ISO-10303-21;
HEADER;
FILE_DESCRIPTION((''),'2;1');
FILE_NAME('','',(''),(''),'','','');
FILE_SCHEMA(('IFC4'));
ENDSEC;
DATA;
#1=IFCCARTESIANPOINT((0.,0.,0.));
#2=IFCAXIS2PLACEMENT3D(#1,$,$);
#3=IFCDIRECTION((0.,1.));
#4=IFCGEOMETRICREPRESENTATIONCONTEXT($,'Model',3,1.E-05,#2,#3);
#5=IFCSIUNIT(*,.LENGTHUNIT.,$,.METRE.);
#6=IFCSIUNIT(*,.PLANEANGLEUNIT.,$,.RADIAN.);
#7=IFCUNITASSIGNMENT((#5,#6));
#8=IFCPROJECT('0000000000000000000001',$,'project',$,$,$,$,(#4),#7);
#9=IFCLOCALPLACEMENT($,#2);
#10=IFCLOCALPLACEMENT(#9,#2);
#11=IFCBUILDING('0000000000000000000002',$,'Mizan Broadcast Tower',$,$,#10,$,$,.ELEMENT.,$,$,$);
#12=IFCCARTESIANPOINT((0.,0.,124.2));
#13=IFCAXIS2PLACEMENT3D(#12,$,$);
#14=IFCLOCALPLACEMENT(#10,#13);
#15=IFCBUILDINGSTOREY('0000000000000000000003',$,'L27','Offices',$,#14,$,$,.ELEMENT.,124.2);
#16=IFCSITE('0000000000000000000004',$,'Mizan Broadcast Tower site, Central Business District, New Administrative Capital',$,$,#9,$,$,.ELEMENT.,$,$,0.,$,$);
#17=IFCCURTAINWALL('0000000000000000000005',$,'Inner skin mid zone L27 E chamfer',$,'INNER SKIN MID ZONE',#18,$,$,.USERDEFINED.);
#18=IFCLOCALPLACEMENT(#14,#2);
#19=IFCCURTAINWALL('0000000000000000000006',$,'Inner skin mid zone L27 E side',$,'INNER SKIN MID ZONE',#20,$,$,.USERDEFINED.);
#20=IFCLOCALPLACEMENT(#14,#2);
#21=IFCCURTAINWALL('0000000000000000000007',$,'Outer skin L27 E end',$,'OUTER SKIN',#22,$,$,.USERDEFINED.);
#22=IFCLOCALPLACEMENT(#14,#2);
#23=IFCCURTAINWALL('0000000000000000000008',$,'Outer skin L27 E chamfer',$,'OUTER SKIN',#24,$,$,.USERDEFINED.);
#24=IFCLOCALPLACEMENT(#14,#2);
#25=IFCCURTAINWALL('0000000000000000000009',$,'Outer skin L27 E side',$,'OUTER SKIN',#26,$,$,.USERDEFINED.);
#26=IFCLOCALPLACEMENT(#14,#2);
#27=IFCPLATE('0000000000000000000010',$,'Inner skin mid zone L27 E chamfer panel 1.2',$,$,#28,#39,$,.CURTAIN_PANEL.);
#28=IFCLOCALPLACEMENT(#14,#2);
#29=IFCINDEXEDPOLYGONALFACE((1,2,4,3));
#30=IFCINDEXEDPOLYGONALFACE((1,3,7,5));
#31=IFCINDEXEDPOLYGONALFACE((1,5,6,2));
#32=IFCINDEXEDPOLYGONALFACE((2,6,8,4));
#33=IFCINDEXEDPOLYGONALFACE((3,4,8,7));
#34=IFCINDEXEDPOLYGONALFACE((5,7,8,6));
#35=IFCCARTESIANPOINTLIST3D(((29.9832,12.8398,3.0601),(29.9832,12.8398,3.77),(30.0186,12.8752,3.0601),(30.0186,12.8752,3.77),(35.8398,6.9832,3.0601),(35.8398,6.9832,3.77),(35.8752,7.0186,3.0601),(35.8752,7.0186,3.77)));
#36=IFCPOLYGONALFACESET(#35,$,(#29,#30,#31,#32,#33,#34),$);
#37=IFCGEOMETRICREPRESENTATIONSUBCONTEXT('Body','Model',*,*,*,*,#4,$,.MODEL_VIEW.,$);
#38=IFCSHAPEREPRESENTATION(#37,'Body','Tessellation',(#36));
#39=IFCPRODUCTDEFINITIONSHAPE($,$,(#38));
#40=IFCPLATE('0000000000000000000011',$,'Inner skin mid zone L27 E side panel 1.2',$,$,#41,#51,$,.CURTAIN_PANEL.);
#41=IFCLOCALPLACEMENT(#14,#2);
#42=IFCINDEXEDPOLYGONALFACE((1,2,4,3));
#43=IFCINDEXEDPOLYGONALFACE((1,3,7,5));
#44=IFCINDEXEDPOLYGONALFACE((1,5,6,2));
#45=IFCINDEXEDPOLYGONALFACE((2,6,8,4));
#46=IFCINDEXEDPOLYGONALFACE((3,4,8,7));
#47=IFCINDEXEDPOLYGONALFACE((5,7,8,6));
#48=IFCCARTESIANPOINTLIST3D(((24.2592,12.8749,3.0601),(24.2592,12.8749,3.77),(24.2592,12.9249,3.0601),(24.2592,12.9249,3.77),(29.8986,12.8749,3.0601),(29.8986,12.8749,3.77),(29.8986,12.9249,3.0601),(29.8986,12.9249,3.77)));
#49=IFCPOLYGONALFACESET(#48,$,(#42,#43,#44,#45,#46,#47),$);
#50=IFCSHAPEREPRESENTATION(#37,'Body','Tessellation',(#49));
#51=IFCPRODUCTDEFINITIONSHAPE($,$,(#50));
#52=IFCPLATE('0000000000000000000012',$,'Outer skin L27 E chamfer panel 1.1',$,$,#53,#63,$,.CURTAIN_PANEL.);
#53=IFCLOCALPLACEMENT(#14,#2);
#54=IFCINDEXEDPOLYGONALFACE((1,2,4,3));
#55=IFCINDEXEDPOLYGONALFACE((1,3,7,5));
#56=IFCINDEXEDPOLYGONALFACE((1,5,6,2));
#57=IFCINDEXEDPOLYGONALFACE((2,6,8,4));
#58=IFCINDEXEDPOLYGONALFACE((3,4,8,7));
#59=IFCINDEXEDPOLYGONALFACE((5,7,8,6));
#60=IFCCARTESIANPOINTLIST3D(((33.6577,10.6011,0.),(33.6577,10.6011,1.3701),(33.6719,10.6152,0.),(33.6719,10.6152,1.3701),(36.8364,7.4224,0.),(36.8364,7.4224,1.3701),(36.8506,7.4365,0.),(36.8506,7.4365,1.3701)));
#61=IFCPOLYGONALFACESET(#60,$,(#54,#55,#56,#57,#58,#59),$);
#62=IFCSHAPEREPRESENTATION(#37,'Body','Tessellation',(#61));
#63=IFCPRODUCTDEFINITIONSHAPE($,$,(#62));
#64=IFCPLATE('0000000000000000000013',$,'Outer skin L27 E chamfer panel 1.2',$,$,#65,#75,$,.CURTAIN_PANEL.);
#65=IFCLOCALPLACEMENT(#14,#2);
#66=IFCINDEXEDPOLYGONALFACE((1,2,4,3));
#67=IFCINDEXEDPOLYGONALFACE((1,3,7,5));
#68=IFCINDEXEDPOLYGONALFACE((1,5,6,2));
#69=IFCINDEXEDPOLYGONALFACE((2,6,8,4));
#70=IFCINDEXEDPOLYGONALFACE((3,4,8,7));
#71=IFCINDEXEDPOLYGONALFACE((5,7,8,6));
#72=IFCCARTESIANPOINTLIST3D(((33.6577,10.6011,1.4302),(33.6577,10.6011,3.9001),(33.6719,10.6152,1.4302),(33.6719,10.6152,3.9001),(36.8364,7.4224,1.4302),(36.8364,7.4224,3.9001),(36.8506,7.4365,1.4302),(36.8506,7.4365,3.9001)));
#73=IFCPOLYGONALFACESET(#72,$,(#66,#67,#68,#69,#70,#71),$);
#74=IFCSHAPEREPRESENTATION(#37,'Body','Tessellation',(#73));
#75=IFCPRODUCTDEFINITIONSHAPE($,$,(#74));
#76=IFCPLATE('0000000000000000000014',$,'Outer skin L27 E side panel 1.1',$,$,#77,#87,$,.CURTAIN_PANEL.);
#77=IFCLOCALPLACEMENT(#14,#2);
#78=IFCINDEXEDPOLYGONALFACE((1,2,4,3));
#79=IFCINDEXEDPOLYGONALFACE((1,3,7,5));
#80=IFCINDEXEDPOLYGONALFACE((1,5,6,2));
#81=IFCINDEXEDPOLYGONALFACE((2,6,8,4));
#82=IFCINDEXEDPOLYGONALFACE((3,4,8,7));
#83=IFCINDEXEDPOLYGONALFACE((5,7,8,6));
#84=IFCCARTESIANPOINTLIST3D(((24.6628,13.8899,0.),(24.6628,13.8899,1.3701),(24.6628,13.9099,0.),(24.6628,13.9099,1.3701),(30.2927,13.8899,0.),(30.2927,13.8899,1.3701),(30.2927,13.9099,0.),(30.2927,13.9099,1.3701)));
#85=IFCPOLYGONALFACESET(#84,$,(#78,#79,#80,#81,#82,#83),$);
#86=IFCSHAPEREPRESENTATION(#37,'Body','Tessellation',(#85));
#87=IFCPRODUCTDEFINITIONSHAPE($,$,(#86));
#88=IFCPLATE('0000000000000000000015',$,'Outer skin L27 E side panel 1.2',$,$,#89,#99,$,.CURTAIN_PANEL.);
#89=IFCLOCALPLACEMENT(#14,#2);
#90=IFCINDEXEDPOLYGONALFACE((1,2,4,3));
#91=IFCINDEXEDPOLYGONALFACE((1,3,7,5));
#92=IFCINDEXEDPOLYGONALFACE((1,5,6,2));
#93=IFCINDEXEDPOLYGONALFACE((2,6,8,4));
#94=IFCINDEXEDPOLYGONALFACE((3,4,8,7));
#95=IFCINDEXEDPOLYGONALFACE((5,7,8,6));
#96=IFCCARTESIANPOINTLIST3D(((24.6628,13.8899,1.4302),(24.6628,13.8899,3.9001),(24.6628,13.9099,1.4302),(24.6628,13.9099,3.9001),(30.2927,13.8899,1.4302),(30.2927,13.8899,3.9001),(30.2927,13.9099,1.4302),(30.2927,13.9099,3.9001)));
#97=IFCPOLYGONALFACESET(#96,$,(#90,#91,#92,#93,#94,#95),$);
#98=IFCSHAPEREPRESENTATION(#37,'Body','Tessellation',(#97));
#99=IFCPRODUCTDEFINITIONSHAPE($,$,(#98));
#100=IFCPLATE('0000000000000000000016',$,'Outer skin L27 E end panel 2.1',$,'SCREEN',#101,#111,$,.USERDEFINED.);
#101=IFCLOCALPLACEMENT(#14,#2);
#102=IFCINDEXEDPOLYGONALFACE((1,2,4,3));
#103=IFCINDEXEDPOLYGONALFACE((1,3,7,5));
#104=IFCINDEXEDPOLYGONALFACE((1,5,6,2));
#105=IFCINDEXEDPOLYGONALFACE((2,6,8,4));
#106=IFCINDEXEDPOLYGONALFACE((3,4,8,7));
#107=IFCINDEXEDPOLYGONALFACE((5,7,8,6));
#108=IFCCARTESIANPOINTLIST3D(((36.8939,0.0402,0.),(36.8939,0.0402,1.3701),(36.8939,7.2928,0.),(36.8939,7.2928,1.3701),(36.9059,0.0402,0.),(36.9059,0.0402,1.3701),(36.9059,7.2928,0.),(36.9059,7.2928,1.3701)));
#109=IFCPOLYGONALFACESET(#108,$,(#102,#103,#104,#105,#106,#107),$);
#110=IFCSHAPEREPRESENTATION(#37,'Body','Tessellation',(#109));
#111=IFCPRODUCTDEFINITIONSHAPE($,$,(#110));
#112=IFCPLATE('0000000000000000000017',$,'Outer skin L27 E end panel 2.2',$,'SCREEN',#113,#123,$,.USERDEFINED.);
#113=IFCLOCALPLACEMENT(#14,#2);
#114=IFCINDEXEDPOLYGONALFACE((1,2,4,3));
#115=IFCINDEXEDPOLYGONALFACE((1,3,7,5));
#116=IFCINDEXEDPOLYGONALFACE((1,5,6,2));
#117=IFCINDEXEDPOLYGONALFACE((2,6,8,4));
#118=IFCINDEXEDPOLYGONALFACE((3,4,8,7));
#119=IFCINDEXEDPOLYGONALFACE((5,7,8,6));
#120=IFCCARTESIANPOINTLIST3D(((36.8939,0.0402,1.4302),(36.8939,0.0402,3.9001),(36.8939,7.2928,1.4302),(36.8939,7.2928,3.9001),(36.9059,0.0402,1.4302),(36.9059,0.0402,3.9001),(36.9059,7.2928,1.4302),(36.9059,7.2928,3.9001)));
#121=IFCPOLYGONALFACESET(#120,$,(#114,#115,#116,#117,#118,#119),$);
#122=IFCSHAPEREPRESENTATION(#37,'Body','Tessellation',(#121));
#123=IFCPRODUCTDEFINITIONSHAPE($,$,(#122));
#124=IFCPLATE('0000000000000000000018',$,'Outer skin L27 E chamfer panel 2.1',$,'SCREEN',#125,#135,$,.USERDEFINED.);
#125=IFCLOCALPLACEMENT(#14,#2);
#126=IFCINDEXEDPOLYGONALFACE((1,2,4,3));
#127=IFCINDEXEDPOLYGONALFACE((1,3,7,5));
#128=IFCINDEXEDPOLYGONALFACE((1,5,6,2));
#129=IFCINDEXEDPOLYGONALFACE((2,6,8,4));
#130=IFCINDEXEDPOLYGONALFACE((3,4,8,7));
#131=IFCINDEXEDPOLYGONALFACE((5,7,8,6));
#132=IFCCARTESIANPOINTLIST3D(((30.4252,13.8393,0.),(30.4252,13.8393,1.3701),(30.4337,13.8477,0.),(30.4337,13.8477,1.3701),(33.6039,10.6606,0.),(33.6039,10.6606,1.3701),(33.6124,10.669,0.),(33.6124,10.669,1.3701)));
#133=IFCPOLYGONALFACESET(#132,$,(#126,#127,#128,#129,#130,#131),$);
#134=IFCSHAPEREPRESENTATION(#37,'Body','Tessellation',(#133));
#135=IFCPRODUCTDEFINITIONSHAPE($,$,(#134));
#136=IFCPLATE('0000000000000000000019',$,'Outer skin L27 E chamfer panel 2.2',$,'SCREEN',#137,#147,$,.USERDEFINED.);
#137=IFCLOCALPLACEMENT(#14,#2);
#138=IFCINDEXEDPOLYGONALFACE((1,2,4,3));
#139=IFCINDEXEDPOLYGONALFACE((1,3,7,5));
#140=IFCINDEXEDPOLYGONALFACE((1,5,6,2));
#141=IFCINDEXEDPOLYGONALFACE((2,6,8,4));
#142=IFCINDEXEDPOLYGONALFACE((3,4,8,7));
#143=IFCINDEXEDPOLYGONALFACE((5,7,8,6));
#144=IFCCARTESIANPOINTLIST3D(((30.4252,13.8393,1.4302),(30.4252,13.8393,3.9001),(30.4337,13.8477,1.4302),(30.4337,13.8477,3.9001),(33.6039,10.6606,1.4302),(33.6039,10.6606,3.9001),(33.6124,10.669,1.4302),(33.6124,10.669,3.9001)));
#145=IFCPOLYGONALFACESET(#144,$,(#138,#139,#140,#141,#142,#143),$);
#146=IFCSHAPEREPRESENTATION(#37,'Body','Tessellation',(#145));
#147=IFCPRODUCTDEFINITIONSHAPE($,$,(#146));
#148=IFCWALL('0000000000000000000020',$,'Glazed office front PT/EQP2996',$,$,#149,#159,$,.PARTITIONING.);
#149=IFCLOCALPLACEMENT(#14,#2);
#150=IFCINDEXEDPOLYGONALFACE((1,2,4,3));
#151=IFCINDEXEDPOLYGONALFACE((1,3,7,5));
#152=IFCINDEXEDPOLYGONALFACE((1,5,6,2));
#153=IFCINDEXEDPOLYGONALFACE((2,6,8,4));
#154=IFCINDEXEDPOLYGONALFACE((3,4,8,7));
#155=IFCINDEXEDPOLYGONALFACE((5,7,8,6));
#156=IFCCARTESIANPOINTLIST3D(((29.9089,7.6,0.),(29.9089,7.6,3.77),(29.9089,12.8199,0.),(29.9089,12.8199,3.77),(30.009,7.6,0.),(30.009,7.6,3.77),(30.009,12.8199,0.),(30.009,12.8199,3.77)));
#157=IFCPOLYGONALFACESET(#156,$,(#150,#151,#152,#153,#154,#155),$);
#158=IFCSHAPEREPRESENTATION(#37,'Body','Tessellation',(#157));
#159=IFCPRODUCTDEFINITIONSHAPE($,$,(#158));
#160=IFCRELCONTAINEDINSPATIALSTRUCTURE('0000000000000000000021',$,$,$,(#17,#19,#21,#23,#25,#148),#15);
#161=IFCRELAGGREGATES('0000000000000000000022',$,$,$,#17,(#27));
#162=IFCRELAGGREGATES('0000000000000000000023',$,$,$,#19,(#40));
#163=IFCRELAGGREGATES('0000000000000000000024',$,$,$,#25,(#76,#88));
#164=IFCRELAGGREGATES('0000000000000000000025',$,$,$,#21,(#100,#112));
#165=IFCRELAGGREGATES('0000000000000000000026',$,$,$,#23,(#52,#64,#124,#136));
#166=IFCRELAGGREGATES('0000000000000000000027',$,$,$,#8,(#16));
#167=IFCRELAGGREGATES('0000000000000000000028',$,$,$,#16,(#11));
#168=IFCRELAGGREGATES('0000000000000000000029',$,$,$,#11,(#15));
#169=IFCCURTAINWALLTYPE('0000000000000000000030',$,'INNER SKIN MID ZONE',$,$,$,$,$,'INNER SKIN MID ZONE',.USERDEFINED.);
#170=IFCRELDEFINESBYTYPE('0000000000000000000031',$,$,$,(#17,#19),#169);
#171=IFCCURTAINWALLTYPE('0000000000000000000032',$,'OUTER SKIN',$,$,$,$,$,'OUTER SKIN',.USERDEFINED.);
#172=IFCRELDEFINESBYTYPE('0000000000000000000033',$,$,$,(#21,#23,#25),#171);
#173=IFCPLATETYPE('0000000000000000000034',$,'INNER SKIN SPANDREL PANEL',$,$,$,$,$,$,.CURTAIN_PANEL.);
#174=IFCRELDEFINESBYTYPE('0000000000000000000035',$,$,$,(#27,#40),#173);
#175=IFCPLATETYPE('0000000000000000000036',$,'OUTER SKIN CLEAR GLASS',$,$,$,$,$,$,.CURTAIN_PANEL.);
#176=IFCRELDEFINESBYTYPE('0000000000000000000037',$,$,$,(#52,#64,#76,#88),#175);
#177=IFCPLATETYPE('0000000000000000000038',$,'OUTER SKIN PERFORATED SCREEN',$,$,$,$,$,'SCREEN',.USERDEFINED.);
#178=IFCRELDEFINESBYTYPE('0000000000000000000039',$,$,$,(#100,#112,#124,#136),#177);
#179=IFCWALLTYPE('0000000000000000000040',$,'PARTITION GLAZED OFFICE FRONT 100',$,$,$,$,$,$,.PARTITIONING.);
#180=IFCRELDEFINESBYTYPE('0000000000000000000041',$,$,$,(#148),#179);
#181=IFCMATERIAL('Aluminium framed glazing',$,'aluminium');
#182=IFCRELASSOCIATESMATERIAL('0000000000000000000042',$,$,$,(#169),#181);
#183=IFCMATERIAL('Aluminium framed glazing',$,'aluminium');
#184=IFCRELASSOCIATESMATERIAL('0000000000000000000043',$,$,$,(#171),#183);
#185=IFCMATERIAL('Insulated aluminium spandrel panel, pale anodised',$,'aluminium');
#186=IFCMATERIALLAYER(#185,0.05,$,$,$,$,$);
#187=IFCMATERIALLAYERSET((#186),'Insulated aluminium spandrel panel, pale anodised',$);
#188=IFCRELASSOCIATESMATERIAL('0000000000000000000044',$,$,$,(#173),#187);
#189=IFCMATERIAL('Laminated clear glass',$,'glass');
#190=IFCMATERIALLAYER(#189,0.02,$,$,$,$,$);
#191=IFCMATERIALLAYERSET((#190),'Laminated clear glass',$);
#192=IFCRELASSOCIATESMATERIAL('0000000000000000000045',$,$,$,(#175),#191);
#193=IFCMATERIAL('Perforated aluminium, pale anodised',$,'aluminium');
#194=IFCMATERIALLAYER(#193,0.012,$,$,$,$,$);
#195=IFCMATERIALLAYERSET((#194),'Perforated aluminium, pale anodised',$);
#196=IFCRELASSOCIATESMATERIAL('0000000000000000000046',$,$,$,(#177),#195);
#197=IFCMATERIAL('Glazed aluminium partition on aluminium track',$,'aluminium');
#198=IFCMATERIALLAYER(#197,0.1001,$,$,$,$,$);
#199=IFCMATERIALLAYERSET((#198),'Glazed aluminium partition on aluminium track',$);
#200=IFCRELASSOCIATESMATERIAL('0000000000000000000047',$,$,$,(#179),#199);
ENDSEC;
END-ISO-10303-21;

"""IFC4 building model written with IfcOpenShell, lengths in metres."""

from ifc_helpers import new_model, si_unit, direction, frame, frame_2d, origin, origin_2d, place, context, subcontext, project, spatial, rectangle, extrude, material, layer, layer_set, type_object, element, aggregate, save


model = new_model("IFC4")

# Units and contexts
model_context = context("Model", 3, precision=1e-05, world=origin(), true_north=direction((0.0, 1.0)))
body_context = subcontext(model_context, "Body", "Model", "MODEL_VIEW")
ifc_project = project(units=[si_unit("LENGTHUNIT", "METRE"), si_unit("PLANEANGLEUNIT", "RADIAN")], contexts=[model_context])

# Site, building, storey
site_placement = place(None, origin())
site = spatial("IfcSite", under=ifc_project, at=site_placement, Name="Mizan Broadcast Tower site, Central Business District, New Administrative Capital", CompositionType="ELEMENT", RefElevation=0.0)
building_placement = place(site_placement, origin())
building = spatial("IfcBuilding", under=site, at=building_placement, Name="Mizan Broadcast Tower", CompositionType="ELEMENT")
storey_placement = place(building_placement, frame((0.0, 0.0, 124.2)))
storey = spatial("IfcBuildingStorey", under=building, at=storey_placement, Name="L27", Description="Offices", CompositionType="ELEMENT", Elevation=124.2)

# Shared definitions
ifc_material_1 = material(Name="Aluminium framed glazing", Category="aluminium")
curtain_wall_type_1 = type_object("IfcCurtainWallType", Name="INNER SKIN MID ZONE", ElementType="INNER SKIN MID ZONE", PredefinedType="USERDEFINED", material=ifc_material_1)

# Curtain wall
curtain_wall_1_placement = place(storey_placement, origin())
curtain_wall_1 = element("IfcCurtainWall", 1, at=curtain_wall_1_placement, inside=storey, type_object=curtain_wall_type_1, Name="Inner skin mid zone L27 E chamfer", ObjectType="INNER SKIN MID ZONE", PredefinedType="USERDEFINED")

# Curtain wall
curtain_wall_2_placement = place(storey_placement, origin())
curtain_wall_2 = element("IfcCurtainWall", 2, at=curtain_wall_2_placement, inside=storey, type_object=curtain_wall_type_1, Name="Inner skin mid zone L27 E side", ObjectType="INNER SKIN MID ZONE", PredefinedType="USERDEFINED")

# Curtain walls
ifc_material_2 = material(Name="Aluminium framed glazing", Category="aluminium")
curtain_wall_type_2 = type_object("IfcCurtainWallType", Name="OUTER SKIN", ElementType="OUTER SKIN", PredefinedType="USERDEFINED", material=ifc_material_2)
curtain_wall_3_placement = place(storey_placement, origin())
curtain_wall_3 = element("IfcCurtainWall", 3, at=curtain_wall_3_placement, inside=storey, type_object=curtain_wall_type_2, Name="Outer skin L27 E end", ObjectType="OUTER SKIN", PredefinedType="USERDEFINED")
curtain_wall_4_placement = place(storey_placement, origin())
curtain_wall_4 = element("IfcCurtainWall", 4, at=curtain_wall_4_placement, inside=storey, type_object=curtain_wall_type_2, Name="Outer skin L27 E chamfer", ObjectType="OUTER SKIN", PredefinedType="USERDEFINED")

# Curtain wall
curtain_wall_5_placement = place(storey_placement, origin())
curtain_wall_5 = element("IfcCurtainWall", 5, at=curtain_wall_5_placement, inside=storey, type_object=curtain_wall_type_2, Name="Outer skin L27 E side", ObjectType="OUTER SKIN", PredefinedType="USERDEFINED")

# Plates
ifc_material_3 = material(Name="Insulated aluminium spandrel panel, pale anodised", Category="aluminium")
ifc_layer_1 = layer(ifc_material_3, 0.05)
ifc_layer_set_1 = layer_set([ifc_layer_1], Name="Insulated aluminium spandrel panel, pale anodised")
plate_type_1 = type_object("IfcPlateType", Name="INNER SKIN SPANDREL PANEL", PredefinedType="CURTAIN_PANEL", material=ifc_layer_set_1)
plate_1_placement = place(storey_placement, frame((32.9292, 9.9292, 3.0601), z_axis=(0.0, 0.0, 1.0), x_axis=(-0.707107, 0.707107, 0.0)))
plate_1 = element("IfcPlate", 6, at=plate_1_placement, type_object=plate_type_1, Name="Inner skin mid zone L27 E chamfer panel 1.2", PredefinedType="CURTAIN_PANEL", context=body_context, shape_type="SweptSolid", body=[
    extrude(rectangle(XDim=8.2825, YDim=0.05, at=origin_2d()), origin(), (0.0, 0.0, 1.0), 0.71),
])
aggregate(curtain_wall_1, [plate_1])
plate_2_placement = place(storey_placement, frame((27.0789, 12.8999, 3.0601), z_axis=(0.0, 0.0, 1.0), x_axis=(-1.0, 0.0, 0.0)))
plate_2 = element("IfcPlate", 7, at=plate_2_placement, type_object=plate_type_1, Name="Inner skin mid zone L27 E side panel 1.2", PredefinedType="CURTAIN_PANEL", context=body_context, shape_type="SweptSolid", body=[
    extrude(rectangle(XDim=5.6394, YDim=0.05, at=origin_2d()), origin(), (0.0, 0.0, 1.0), 0.71),
])
aggregate(curtain_wall_2, [plate_2])
ifc_material_4 = material(Name="Laminated clear glass", Category="glass")
ifc_layer_2 = layer(ifc_material_4, 0.02)
ifc_layer_set_2 = layer_set([ifc_layer_2], Name="Laminated clear glass")
plate_type_2 = type_object("IfcPlateType", Name="OUTER SKIN CLEAR GLASS", PredefinedType="CURTAIN_PANEL", material=ifc_layer_set_2)
plate_3_placement = place(storey_placement, frame((35.2542, 9.0188, 0.0), z_axis=(0.0, 0.0, 1.0), x_axis=(-0.707107, 0.707107, 0.0)))
plate_3 = element("IfcPlate", 8, at=plate_3_placement, type_object=plate_type_2, Name="Outer skin L27 E chamfer panel 1.1", PredefinedType="CURTAIN_PANEL", context=body_context, shape_type="SweptSolid", body=[
    extrude(rectangle(XDim=4.4954, YDim=0.02, at=origin_2d()), origin(), (0.0, 0.0, 1.0), 1.3701),
])
plate_4_placement = place(storey_placement, frame((35.2542, 9.0188, 1.4302), z_axis=(0.0, 0.0, 1.0), x_axis=(-0.707107, 0.707107, 0.0)))
plate_4 = element("IfcPlate", 9, at=plate_4_placement, type_object=plate_type_2, Name="Outer skin L27 E chamfer panel 1.2", PredefinedType="CURTAIN_PANEL", context=body_context, shape_type="SweptSolid", body=[
    extrude(rectangle(XDim=4.4954, YDim=0.02, at=origin_2d()), origin(), (0.0, 0.0, 1.0), 2.47),
])
plate_5_placement = place(storey_placement, frame((27.4778, 13.8999, 0.0), z_axis=(0.0, 0.0, 1.0), x_axis=(-1.0, 0.0, 0.0)))
plate_5 = element("IfcPlate", 10, at=plate_5_placement, type_object=plate_type_2, Name="Outer skin L27 E side panel 1.1", PredefinedType="CURTAIN_PANEL", context=body_context, shape_type="SweptSolid", body=[
    extrude(rectangle(XDim=5.6299, YDim=0.02, at=origin_2d()), origin(), (0.0, 0.0, 1.0), 1.3701),
])
plate_6_placement = place(storey_placement, frame((27.4778, 13.8999, 1.4302), z_axis=(0.0, 0.0, 1.0), x_axis=(-1.0, 0.0, 0.0)))
plate_6 = element("IfcPlate", 11, at=plate_6_placement, type_object=plate_type_2, Name="Outer skin L27 E side panel 1.2", PredefinedType="CURTAIN_PANEL", context=body_context, shape_type="SweptSolid", body=[
    extrude(rectangle(XDim=5.6299, YDim=0.02, at=origin_2d()), origin(), (0.0, 0.0, 1.0), 2.47),
])
aggregate(curtain_wall_5, [plate_5, plate_6])
ifc_material_5 = material(Name="Perforated aluminium, pale anodised", Category="aluminium")
ifc_layer_3 = layer(ifc_material_5, 0.012)
ifc_layer_set_3 = layer_set([ifc_layer_3], Name="Perforated aluminium, pale anodised")
plate_type_3 = type_object("IfcPlateType", Name="OUTER SKIN PERFORATED SCREEN", ElementType="SCREEN", PredefinedType="USERDEFINED", material=ifc_layer_set_3)
plate_7_placement = place(storey_placement, frame((36.8999, 3.6665, 0.0), z_axis=(0.0, 0.0, 1.0), x_axis=(0.0, 1.0, 0.0)))
plate_7 = element("IfcPlate", 12, at=plate_7_placement, type_object=plate_type_3, Name="Outer skin L27 E end panel 2.1", ObjectType="SCREEN", PredefinedType="USERDEFINED", context=body_context, shape_type="SweptSolid", body=[
    extrude(rectangle(XDim=7.2527, YDim=0.012, at=origin_2d()), origin(), (0.0, 0.0, 1.0), 1.3701),
])
plate_8_placement = place(storey_placement, frame((36.8999, 3.6665, 1.4302), z_axis=(0.0, 0.0, 1.0), x_axis=(0.0, 1.0, 0.0)))
plate_8 = element("IfcPlate", 13, at=plate_8_placement, type_object=plate_type_3, Name="Outer skin L27 E end panel 2.2", ObjectType="SCREEN", PredefinedType="USERDEFINED", context=body_context, shape_type="SweptSolid", body=[
    extrude(rectangle(XDim=7.2527, YDim=0.012, at=origin_2d()), origin(), (0.0, 0.0, 1.0), 2.47),
])
aggregate(curtain_wall_3, [plate_7, plate_8])
plate_9_placement = place(storey_placement, frame((32.0188, 12.2542, 0.0), z_axis=(0.0, 0.0, 1.0), x_axis=(-0.707107, 0.707107, 0.0)))
plate_9 = element("IfcPlate", 14, at=plate_9_placement, type_object=plate_type_3, Name="Outer skin L27 E chamfer panel 2.1", ObjectType="SCREEN", PredefinedType="USERDEFINED", context=body_context, shape_type="SweptSolid", body=[
    extrude(rectangle(XDim=4.4954, YDim=0.012, at=origin_2d()), origin(), (0.0, 0.0, 1.0), 1.3701),
])
plate_10_placement = place(storey_placement, frame((32.0188, 12.2542, 1.4302), z_axis=(0.0, 0.0, 1.0), x_axis=(-0.707107, 0.707107, 0.0)))
plate_10 = element("IfcPlate", 15, at=plate_10_placement, type_object=plate_type_3, Name="Outer skin L27 E chamfer panel 2.2", ObjectType="SCREEN", PredefinedType="USERDEFINED", context=body_context, shape_type="SweptSolid", body=[
    extrude(rectangle(XDim=4.4954, YDim=0.012, at=origin_2d()), origin(), (0.0, 0.0, 1.0), 2.47),
])
aggregate(curtain_wall_4, [plate_3, plate_4, plate_9, plate_10])

# Wall
ifc_material_6 = material(Name="Glazed aluminium partition on aluminium track", Category="aluminium")
ifc_layer_4 = layer(ifc_material_6, 0.1001)
ifc_layer_set_4 = layer_set([ifc_layer_4], Name="Glazed aluminium partition on aluminium track")
wall_type = type_object("IfcWallType", Name="PARTITION GLAZED OFFICE FRONT 100", PredefinedType="PARTITIONING", material=ifc_layer_set_4)
wall_placement = place(storey_placement, frame((29.959, 7.6001, 0.0), z_axis=(0.0, 0.0, 1.0), x_axis=(0.0, 1.0, 0.0)))
element("IfcWall", 16, at=wall_placement, inside=storey, type_object=wall_type, Name="Glazed office front PT/EQP2996", PredefinedType="PARTITIONING", context=body_context, shape_type="SweptSolid", body=[
    extrude(rectangle(XDim=5.22, YDim=0.1001, at=frame_2d((2.6099, 0.0))), origin(), (0.0, 0.0, 1.0), 3.77),
])

save(model, "model.ifc")
